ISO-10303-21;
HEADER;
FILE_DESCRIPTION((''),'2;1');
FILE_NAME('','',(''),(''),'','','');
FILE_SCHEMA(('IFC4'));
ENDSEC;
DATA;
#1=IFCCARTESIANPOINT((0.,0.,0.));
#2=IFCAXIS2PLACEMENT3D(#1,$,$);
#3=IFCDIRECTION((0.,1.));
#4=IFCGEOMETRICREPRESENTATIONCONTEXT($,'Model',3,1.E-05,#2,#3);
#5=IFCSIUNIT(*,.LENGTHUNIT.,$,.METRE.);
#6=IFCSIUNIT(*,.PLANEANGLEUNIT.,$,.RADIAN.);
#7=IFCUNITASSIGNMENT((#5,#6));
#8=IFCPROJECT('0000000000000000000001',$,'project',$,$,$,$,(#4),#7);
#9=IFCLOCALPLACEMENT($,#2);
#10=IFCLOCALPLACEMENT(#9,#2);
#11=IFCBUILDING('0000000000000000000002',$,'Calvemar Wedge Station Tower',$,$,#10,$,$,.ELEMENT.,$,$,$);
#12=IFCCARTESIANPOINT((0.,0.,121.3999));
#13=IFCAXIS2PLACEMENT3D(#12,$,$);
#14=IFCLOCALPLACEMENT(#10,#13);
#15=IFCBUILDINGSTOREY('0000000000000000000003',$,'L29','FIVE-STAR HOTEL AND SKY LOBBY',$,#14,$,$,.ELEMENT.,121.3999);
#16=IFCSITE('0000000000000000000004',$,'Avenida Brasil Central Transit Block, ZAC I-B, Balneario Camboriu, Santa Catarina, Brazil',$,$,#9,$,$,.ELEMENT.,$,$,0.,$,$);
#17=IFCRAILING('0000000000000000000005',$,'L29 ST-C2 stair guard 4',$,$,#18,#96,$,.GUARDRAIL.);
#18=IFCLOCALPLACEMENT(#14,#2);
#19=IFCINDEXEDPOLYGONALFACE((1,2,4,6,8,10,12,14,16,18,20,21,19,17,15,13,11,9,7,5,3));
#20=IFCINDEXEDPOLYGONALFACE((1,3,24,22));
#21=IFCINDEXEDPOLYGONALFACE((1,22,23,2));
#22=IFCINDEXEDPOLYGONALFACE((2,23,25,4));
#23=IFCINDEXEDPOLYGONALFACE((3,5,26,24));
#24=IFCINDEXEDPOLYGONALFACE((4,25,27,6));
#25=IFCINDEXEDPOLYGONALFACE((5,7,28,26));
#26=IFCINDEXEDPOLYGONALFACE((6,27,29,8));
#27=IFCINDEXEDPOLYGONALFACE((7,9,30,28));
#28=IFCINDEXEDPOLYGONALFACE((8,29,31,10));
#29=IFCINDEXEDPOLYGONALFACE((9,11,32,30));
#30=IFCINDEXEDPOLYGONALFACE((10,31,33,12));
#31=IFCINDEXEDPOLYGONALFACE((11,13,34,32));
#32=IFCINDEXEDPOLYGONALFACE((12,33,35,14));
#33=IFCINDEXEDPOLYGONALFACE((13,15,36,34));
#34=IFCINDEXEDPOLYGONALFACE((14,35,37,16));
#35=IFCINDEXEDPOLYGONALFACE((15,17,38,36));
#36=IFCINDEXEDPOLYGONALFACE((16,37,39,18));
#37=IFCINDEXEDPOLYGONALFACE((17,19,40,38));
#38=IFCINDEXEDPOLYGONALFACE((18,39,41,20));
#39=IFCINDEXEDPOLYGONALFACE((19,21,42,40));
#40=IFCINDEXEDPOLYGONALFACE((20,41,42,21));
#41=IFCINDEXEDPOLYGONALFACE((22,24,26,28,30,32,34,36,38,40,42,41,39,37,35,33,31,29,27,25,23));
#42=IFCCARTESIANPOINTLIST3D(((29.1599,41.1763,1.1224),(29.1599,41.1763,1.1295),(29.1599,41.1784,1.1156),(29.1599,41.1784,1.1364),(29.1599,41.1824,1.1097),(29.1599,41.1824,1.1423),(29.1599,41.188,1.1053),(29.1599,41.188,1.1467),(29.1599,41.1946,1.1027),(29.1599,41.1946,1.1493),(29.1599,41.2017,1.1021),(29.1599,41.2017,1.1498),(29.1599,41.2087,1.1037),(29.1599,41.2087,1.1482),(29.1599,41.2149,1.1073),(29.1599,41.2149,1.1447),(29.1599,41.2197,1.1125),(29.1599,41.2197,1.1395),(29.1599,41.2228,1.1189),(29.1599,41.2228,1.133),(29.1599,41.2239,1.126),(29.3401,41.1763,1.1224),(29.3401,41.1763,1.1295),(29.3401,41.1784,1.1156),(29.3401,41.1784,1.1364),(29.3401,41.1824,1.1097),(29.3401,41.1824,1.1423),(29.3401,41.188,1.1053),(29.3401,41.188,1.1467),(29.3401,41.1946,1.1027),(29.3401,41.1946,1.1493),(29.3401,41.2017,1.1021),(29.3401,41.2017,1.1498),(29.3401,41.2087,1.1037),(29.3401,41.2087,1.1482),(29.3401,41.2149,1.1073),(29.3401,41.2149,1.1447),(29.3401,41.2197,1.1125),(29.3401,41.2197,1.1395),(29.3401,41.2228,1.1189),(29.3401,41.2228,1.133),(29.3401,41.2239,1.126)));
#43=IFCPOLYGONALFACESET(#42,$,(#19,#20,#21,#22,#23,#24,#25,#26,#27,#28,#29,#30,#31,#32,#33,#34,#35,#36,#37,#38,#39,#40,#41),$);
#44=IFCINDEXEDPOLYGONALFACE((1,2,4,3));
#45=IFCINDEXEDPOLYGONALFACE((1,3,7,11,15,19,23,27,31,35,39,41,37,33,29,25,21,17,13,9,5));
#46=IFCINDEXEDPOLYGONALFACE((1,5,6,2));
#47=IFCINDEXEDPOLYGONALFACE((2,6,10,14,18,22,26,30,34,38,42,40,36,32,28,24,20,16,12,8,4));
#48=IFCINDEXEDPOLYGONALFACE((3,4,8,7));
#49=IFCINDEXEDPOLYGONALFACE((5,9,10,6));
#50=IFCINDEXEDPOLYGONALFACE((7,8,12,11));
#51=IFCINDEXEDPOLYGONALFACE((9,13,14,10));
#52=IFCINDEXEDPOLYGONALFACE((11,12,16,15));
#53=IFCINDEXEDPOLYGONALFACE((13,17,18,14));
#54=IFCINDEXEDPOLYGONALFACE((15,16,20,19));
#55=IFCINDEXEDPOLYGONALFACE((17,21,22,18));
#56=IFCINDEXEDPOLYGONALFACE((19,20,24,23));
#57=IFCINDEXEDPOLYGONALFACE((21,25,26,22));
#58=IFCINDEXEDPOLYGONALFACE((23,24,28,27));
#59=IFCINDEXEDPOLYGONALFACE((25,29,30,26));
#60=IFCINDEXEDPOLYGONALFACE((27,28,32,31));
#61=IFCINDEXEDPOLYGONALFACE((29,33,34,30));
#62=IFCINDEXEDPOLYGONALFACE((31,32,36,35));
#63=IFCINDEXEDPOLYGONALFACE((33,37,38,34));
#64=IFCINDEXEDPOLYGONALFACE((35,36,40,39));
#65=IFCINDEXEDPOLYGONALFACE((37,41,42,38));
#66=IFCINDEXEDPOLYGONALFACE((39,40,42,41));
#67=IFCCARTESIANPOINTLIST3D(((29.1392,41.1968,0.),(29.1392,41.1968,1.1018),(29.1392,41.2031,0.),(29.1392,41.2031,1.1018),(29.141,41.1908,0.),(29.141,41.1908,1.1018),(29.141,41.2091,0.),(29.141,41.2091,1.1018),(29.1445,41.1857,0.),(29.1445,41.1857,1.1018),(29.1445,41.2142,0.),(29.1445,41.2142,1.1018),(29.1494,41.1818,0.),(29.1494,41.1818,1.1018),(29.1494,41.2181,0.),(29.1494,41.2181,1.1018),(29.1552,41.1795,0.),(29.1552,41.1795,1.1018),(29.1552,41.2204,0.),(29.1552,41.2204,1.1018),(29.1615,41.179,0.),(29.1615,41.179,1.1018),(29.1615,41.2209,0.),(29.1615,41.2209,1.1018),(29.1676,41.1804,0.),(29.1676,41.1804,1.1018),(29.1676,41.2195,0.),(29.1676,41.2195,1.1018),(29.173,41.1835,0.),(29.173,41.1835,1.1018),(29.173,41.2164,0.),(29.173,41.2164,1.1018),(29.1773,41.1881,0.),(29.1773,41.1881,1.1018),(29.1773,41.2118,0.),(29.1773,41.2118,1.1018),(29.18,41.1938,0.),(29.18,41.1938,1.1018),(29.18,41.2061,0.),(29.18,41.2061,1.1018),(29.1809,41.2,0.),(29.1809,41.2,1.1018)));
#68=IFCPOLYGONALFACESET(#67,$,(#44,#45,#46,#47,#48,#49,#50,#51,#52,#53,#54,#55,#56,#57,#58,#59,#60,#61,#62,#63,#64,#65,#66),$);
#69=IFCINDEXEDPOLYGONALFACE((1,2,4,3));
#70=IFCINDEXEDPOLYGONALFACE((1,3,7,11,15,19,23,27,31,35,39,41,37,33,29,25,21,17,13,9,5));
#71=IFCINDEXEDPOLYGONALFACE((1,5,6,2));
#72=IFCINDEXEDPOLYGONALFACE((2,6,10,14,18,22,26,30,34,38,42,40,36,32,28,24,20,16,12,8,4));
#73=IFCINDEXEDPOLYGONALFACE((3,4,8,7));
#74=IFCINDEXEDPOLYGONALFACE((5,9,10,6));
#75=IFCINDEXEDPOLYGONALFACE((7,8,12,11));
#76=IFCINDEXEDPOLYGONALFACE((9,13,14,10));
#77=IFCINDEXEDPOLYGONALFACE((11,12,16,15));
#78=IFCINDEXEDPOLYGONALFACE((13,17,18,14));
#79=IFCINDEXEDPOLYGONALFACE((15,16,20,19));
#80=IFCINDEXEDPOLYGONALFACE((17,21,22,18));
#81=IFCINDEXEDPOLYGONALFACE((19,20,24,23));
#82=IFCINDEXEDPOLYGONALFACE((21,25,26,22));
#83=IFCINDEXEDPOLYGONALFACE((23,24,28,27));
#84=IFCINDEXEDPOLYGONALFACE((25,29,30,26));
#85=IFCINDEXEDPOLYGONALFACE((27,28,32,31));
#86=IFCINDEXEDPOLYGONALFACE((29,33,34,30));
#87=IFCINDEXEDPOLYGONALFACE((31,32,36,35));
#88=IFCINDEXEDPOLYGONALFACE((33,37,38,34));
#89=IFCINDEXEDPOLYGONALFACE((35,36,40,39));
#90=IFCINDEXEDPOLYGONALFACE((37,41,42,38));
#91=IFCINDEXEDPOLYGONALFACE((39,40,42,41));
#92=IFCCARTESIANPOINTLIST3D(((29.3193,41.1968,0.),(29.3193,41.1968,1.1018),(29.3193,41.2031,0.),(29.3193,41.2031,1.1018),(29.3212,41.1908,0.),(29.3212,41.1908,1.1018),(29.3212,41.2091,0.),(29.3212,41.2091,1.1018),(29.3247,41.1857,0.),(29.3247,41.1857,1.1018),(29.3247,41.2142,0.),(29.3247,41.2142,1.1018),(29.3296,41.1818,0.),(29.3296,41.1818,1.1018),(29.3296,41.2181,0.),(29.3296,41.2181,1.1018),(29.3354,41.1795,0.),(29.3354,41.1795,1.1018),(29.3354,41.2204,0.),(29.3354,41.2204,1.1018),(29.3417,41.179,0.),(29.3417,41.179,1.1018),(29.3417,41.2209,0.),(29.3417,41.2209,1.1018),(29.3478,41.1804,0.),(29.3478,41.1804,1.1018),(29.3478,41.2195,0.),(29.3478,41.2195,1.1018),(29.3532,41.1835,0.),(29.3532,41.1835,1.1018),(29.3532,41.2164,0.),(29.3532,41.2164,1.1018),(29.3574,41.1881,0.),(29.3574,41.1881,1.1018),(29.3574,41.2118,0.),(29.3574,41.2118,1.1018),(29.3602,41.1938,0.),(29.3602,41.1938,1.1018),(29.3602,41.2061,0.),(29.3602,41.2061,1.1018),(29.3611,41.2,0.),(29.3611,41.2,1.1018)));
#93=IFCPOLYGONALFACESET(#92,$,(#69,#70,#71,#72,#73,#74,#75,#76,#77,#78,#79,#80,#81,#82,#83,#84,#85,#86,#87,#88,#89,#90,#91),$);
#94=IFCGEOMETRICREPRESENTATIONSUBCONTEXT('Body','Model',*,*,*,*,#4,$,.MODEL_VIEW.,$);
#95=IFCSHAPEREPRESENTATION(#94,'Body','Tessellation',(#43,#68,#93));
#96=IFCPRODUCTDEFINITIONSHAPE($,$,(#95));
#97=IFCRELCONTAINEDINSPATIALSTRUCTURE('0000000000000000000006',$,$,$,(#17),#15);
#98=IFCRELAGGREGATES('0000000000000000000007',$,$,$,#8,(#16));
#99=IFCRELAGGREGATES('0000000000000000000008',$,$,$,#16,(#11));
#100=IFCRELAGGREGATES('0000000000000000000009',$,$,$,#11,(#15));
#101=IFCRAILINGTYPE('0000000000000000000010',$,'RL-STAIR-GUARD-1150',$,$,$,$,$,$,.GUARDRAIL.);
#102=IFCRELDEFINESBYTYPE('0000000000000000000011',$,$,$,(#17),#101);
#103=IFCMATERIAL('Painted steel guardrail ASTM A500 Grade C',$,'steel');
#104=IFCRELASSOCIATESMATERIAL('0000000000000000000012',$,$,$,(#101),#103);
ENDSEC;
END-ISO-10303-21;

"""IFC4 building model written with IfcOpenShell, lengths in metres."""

from ifc_helpers import new_model, si_unit, direction, frame, origin, origin_2d, place, context, subcontext, project, spatial, circle, extrude, material, type_object, element, save


model = new_model("IFC4")

# Units and contexts
model_context = context("Model", 3, precision=1e-05, world=origin(), true_north=direction((0.0, 1.0)))
body_context = subcontext(model_context, "Body", "Model", "MODEL_VIEW")
ifc_project = project(units=[si_unit("LENGTHUNIT", "METRE"), si_unit("PLANEANGLEUNIT", "RADIAN")], contexts=[model_context])

# Site, building, storey
site_placement = place(None, origin())
site = spatial("IfcSite", under=ifc_project, at=site_placement, Name="Avenida Brasil Central Transit Block, ZAC I-B, Balneario Camboriu, Santa Catarina, Brazil", CompositionType="ELEMENT", RefElevation=0.0)
building_placement = place(site_placement, origin())
building = spatial("IfcBuilding", under=site, at=building_placement, Name="Calvemar Wedge Station Tower", CompositionType="ELEMENT")
storey_placement = place(building_placement, frame((0.0, 0.0, 121.3999)))
storey = spatial("IfcBuildingStorey", under=building, at=storey_placement, Name="L29", Description="FIVE-STAR HOTEL AND SKY LOBBY", CompositionType="ELEMENT", Elevation=121.3999)

# Railing
ifc_material_1 = material(Name="Painted steel guardrail ASTM A500 Grade C", Category="steel")
railing_type_1 = type_object("IfcRailingType", Name="RL-STAIR-GUARD-1150", PredefinedType="GUARDRAIL", material=ifc_material_1)
railing_1_placement = place(storey_placement, frame((29.1599, 41.2, 0.0)))
element("IfcRailing", 1, at=railing_1_placement, inside=storey, type_object=railing_type_1, Name="L29 ST-C2 stair guard 4", PredefinedType="GUARDRAIL", context=body_context, shape_type="SweptSolid", body=[
    extrude(circle(Radius=0.0239, at=origin_2d()), frame((0.0, 0.0, 1.126), z_axis=(1.0, 0.0, 0.0), x_axis=(0.0, 1.0, 0.0)), (0.0, 0.0, 1.0), 0.1802),
    extrude(circle(Radius=0.021, at=origin_2d()), origin(), (0.0, 0.0, 1.0), 1.1018),
    extrude(circle(Radius=0.021, at=origin_2d()), frame((0.1802, 0.0, 0.0)), (0.0, 0.0, 1.0), 1.1018),
])

save(model, "model.ifc")
